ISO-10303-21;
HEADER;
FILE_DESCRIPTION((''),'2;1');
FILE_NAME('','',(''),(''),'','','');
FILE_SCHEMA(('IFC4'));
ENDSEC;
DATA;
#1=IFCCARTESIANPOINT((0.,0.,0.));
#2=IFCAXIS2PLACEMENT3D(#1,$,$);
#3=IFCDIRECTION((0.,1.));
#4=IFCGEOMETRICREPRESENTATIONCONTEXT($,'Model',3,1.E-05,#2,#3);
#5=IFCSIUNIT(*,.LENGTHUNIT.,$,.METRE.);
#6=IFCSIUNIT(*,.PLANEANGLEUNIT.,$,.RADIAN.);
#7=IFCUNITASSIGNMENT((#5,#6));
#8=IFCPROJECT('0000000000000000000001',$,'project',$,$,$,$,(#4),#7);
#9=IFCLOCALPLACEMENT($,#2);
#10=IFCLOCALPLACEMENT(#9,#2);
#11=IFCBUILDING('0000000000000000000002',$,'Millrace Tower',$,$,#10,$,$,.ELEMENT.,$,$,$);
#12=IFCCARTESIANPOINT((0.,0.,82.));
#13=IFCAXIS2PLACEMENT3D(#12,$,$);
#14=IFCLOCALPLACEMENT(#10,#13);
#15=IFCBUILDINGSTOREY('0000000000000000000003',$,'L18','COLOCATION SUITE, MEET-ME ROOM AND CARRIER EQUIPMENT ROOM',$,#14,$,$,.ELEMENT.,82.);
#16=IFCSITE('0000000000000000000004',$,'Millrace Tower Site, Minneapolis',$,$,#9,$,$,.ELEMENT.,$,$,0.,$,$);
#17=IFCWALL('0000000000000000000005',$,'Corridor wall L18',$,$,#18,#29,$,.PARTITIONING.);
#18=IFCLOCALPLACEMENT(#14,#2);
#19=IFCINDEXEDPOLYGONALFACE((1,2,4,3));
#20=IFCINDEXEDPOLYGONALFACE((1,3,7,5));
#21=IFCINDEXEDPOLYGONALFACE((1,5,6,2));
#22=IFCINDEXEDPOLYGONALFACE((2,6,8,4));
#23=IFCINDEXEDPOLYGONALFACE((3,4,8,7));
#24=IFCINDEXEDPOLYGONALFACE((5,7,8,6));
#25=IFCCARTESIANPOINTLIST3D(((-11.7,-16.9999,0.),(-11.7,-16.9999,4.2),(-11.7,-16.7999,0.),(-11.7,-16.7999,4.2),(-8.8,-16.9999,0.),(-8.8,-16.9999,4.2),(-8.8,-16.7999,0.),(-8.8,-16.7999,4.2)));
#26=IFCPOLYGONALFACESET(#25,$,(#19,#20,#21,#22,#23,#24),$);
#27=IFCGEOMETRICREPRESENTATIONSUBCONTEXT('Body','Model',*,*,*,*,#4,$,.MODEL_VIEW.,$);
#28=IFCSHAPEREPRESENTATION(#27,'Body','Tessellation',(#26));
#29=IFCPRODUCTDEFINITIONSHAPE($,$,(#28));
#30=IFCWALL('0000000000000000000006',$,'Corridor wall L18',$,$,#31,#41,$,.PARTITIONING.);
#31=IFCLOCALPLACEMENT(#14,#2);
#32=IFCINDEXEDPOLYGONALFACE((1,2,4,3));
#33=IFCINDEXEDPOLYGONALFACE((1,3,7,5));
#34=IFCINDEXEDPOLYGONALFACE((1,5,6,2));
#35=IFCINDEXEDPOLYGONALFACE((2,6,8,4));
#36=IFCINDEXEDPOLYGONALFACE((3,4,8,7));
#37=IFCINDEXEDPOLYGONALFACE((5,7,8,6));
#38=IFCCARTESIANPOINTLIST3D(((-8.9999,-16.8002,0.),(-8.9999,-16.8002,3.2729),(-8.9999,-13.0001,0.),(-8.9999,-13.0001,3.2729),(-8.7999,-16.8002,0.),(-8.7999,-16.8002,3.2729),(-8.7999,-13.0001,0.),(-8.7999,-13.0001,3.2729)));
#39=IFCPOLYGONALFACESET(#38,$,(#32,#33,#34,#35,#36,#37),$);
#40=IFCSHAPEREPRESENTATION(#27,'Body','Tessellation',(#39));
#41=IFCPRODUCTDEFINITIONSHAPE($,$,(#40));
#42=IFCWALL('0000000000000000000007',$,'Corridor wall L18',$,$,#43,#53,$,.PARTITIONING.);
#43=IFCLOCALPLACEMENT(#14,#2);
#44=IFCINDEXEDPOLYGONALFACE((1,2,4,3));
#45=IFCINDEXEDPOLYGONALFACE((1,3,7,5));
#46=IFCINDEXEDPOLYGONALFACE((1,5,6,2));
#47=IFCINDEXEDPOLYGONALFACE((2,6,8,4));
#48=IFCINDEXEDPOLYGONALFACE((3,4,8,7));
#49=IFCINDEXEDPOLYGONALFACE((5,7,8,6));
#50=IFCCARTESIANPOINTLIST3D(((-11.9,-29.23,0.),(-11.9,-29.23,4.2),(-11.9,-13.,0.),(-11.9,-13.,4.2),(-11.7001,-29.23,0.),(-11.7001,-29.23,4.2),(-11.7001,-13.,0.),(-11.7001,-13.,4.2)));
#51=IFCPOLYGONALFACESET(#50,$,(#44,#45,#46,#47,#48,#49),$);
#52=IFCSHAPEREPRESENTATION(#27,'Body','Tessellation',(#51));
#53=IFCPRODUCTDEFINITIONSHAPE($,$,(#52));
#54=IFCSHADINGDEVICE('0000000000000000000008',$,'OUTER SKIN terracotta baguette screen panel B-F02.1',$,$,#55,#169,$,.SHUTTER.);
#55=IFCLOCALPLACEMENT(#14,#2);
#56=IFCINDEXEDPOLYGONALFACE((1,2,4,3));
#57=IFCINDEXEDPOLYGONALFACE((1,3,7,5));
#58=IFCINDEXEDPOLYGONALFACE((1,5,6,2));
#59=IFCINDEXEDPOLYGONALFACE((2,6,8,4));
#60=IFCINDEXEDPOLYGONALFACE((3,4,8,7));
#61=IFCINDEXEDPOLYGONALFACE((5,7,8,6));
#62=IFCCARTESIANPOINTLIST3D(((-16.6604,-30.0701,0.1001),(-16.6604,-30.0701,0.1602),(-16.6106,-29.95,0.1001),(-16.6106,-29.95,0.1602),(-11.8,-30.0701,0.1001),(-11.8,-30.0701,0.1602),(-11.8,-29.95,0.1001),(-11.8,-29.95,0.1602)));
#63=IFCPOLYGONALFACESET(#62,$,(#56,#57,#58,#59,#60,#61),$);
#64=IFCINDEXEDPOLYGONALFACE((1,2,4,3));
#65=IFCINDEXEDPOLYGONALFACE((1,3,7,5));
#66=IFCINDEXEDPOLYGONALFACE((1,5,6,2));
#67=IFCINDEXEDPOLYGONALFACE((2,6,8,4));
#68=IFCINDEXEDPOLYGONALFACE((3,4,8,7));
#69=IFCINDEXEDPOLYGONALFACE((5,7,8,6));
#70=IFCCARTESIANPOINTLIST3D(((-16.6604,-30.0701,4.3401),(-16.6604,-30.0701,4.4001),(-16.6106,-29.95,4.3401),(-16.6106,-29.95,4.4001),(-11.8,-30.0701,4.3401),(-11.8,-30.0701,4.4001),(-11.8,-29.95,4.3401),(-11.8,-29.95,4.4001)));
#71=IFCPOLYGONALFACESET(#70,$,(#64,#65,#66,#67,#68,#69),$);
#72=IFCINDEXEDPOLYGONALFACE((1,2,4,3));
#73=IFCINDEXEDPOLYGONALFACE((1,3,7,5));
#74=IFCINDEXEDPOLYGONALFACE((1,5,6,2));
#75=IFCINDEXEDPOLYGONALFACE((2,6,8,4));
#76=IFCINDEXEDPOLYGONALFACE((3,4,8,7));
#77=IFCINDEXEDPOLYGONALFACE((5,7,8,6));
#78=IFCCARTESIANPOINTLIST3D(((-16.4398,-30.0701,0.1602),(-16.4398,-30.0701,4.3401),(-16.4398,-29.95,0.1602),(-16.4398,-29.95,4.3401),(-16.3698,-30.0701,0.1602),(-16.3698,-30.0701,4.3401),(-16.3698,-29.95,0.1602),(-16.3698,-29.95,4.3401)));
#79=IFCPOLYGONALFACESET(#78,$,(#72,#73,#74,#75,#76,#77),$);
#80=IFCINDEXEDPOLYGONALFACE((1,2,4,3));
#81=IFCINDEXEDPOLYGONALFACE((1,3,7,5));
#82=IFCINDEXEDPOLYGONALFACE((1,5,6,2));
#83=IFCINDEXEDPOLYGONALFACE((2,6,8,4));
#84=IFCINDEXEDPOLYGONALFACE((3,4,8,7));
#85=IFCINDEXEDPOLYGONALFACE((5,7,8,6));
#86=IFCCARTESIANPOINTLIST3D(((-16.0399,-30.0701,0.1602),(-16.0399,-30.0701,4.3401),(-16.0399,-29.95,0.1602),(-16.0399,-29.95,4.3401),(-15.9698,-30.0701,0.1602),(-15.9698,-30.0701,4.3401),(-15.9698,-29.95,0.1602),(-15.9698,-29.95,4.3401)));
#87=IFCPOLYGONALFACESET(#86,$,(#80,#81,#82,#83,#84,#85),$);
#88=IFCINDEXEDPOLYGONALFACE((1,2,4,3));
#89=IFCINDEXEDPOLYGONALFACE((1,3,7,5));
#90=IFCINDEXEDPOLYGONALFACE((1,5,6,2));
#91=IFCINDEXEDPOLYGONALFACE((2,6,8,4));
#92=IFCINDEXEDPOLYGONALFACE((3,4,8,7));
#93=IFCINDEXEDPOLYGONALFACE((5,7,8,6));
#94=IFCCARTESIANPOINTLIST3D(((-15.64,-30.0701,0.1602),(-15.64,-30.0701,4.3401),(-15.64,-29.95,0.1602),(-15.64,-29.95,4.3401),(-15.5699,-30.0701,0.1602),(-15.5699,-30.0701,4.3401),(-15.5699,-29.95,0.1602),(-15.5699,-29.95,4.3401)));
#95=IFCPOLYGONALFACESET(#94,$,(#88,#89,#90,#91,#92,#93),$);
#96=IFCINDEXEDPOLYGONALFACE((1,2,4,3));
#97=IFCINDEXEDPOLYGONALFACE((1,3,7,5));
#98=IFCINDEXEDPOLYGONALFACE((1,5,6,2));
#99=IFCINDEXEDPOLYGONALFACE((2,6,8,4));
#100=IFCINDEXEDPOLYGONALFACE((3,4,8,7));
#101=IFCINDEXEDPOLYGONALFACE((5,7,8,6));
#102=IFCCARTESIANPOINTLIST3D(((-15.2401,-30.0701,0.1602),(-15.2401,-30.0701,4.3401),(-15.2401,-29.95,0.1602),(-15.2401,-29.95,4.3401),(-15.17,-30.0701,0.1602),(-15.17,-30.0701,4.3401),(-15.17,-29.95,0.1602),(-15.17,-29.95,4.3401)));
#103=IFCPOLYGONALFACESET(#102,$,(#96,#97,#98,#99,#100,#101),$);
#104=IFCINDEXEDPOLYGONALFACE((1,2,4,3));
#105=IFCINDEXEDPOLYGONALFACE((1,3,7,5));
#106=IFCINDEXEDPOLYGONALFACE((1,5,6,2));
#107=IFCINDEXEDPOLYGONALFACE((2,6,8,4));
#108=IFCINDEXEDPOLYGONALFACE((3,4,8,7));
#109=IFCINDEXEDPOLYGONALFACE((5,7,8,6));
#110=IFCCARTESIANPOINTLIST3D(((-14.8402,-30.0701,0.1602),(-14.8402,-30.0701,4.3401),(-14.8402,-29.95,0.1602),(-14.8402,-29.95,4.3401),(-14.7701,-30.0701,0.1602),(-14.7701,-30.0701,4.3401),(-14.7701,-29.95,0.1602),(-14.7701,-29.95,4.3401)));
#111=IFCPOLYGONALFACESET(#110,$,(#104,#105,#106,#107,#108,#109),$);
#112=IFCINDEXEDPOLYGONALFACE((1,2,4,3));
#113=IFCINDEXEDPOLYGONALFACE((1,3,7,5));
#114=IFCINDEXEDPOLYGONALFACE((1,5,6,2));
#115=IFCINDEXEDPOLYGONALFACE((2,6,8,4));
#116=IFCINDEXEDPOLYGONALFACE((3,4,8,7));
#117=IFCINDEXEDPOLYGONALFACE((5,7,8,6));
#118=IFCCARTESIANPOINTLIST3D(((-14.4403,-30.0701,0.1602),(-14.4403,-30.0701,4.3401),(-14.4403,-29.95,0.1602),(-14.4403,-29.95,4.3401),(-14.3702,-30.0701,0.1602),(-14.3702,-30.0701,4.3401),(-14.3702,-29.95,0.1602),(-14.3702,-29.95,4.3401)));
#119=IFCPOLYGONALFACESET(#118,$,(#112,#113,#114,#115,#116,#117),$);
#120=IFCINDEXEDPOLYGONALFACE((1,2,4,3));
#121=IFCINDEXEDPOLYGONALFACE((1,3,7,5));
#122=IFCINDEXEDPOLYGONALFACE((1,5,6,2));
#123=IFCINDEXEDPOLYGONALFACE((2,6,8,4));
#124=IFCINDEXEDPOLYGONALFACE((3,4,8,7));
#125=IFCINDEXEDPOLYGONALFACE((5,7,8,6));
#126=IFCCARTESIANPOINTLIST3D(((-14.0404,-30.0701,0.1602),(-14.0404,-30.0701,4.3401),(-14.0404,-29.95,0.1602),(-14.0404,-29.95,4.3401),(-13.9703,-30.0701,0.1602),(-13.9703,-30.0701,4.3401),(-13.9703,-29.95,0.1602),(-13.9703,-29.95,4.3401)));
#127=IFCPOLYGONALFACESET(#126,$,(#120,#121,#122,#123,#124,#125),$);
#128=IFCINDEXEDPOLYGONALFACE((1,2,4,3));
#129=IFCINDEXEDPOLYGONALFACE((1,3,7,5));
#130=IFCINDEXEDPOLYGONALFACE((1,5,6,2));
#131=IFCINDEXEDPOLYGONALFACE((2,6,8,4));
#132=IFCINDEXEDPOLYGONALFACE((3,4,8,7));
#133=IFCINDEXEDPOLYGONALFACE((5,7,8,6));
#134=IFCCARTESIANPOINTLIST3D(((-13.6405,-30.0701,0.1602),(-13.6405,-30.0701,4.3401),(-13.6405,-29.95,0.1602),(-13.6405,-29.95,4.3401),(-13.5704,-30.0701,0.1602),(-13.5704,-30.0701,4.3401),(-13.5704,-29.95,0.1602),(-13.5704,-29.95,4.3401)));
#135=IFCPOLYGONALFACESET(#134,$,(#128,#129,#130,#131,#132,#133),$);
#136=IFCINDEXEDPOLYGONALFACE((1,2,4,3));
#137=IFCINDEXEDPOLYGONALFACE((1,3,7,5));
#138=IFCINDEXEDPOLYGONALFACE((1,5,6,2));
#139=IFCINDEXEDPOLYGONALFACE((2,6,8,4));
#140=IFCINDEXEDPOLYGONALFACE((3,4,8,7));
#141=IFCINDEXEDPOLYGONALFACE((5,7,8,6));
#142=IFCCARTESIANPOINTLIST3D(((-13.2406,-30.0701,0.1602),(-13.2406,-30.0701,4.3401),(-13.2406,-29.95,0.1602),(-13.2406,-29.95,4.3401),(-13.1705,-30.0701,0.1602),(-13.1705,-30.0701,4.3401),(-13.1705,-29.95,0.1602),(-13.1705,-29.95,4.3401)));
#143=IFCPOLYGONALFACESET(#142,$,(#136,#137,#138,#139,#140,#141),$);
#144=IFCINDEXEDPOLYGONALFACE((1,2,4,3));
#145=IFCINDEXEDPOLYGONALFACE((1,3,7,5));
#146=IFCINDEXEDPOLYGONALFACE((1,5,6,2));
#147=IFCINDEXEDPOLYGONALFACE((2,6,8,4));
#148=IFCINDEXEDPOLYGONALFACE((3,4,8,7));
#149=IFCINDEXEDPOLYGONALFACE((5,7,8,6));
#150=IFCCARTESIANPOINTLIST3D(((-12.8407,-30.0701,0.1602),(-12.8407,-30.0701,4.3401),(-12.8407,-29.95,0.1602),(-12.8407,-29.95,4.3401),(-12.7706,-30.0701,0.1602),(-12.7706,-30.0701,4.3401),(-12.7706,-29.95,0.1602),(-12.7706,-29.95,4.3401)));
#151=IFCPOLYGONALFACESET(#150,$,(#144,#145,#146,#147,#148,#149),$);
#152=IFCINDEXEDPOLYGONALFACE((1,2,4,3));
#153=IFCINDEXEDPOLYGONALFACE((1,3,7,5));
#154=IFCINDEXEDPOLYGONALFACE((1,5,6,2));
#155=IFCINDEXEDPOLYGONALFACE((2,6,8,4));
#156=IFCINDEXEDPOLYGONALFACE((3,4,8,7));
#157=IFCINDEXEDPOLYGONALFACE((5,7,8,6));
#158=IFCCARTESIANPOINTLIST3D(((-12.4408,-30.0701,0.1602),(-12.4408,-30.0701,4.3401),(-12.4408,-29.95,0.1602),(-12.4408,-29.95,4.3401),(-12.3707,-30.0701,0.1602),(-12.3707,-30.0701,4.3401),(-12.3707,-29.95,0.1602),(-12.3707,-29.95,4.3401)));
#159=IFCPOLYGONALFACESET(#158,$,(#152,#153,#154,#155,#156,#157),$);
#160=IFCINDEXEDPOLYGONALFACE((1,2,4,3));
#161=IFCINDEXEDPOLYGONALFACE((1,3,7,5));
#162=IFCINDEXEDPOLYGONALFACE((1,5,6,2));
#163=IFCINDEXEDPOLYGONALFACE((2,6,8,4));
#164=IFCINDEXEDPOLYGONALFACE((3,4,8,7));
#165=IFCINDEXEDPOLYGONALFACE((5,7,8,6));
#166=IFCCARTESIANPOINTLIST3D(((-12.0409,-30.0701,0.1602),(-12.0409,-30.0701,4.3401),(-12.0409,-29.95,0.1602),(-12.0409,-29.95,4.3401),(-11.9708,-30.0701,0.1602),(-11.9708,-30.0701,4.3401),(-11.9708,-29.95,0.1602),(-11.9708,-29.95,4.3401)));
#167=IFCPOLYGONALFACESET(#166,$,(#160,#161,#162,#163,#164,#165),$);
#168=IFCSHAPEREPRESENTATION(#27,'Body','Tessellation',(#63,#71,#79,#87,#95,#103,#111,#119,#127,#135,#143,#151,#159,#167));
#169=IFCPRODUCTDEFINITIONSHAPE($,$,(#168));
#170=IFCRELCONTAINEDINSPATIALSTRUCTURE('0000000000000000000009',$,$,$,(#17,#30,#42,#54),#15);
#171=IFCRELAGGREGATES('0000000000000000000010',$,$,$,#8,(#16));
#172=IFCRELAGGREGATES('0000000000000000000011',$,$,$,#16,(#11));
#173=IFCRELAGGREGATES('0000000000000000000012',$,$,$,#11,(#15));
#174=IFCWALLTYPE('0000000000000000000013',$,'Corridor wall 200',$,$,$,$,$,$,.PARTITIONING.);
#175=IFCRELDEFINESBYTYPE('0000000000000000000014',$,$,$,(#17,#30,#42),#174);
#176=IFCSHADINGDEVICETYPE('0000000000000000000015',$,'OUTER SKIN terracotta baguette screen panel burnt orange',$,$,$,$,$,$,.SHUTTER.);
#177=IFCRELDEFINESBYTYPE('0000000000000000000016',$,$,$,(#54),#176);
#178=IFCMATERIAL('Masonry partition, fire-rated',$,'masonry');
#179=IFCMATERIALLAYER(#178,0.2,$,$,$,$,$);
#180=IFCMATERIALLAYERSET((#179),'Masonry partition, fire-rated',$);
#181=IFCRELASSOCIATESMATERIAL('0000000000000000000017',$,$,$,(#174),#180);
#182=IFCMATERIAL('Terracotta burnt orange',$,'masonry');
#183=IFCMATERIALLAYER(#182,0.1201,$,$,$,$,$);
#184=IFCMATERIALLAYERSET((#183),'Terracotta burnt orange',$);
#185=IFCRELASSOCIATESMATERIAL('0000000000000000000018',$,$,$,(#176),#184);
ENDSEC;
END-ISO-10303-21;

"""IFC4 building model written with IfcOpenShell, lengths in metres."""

from ifc_helpers import new_model, entity, si_unit, direction, frame, frame_2d, origin, place, context, subcontext, project, spatial, rectangle, extrude, source, transform, mapped, material, layer, layer_set, type_object, element, save


model = new_model("IFC4")

# Units and contexts
model_context = context("Model", 3, precision=1e-05, world=origin(), true_north=direction((0.0, 1.0)))
body_context = subcontext(model_context, "Body", "Model", "MODEL_VIEW")
ifc_project = project(units=[si_unit("LENGTHUNIT", "METRE"), si_unit("PLANEANGLEUNIT", "RADIAN")], contexts=[model_context])

# Site, building, storey
site_placement = place(None, origin())
site = spatial("IfcSite", under=ifc_project, at=site_placement, Name="Millrace Tower Site, Minneapolis", CompositionType="ELEMENT", RefElevation=0.0)
building_placement = place(site_placement, origin())
building = spatial("IfcBuilding", under=site, at=building_placement, Name="Millrace Tower", CompositionType="ELEMENT")
storey_placement = place(building_placement, frame((0.0, 0.0, 82.0)))
storey = spatial("IfcBuildingStorey", under=building, at=storey_placement, Name="L18", Description="COLOCATION SUITE, MEET-ME ROOM AND CARRIER EQUIPMENT ROOM", CompositionType="ELEMENT", Elevation=82.0)

# Walls
ifc_material_1 = material(Name="Masonry partition, fire-rated", Category="masonry")
ifc_layer_1 = layer(ifc_material_1, 0.2)
ifc_layer_set_1 = layer_set([ifc_layer_1], Name="Masonry partition, fire-rated")
wall_type = type_object("IfcWallType", Name="Corridor wall 200", PredefinedType="PARTITIONING", material=ifc_layer_set_1)
wall_1_placement = place(storey_placement, frame((-11.7, -16.8999, 0.0), z_axis=(0.0, 0.0, 1.0), x_axis=(1.0, 0.0, 0.0)))
element("IfcWall", 1, at=wall_1_placement, inside=storey, type_object=wall_type, Name="Corridor wall L18", PredefinedType="PARTITIONING", context=body_context, shape_type="SweptSolid", body=[
    extrude(rectangle(XDim=2.8999, YDim=0.2, at=frame_2d((1.45, 0.0))), origin(), (0.0, 0.0, 1.0), 4.2),
])
wall_2_placement = place(storey_placement, frame((-8.8999, -16.8, 0.0), z_axis=(0.0, 0.0, 1.0), x_axis=(0.0, 1.0, 0.0)))
element("IfcWall", 2, at=wall_2_placement, inside=storey, type_object=wall_type, Name="Corridor wall L18", PredefinedType="PARTITIONING", context=body_context, shape_type="SweptSolid", body=[
    extrude(rectangle(XDim=3.8, YDim=0.2, at=frame_2d((1.8999, 0.0))), origin(), (0.0, 0.0, 1.0), 3.2729),
])
wall_3_placement = place(storey_placement, frame((-11.8, -29.23, 0.0), z_axis=(0.0, 0.0, 1.0), x_axis=(0.0, 1.0, 0.0)))
element("IfcWall", 3, at=wall_3_placement, inside=storey, type_object=wall_type, Name="Corridor wall L18", PredefinedType="PARTITIONING", context=body_context, shape_type="SweptSolid", body=[
    extrude(rectangle(XDim=16.23, YDim=0.2, at=frame_2d((8.115, 0.0))), origin(), (0.0, 0.0, 1.0), 4.2),
])

# Shading device
ifc_material_2 = material(Name="Terracotta burnt orange", Category="masonry")
ifc_layer_2 = layer(ifc_material_2, 0.1201)
ifc_layer_set_2 = layer_set([ifc_layer_2], Name="Terracotta burnt orange")
shading_device_type = type_object("IfcShadingDeviceType", Name="OUTER SKIN terracotta baguette screen panel burnt orange", PredefinedType="SHUTTER", material=ifc_layer_set_2)
cartesian_point_1 = entity("IfcCartesianPoint", [-2.3928, 0.0601])
shared_polyline_1 = entity("IfcPolyline", [cartesian_point_1, entity("IfcCartesianPoint", [2.4177, 0.0601]), entity("IfcCartesianPoint", [2.4177, -0.0601]), entity("IfcCartesianPoint", [-2.4426, -0.0601]), cartesian_point_1])
shared_shape_1 = source(origin(), body_context, "Body", "SweptSolid", [
    entity("IfcExtrudedAreaSolid", entity("IfcArbitraryClosedProfileDef", "AREA", None, shared_polyline_1), entity("IfcAxis2Placement3D", entity("IfcCartesianPoint", [0.0, 0.0, 0.0])), entity("IfcDirection", [0.0, 0.0, 1.0]), 0.0601),
    entity("IfcExtrudedAreaSolid", entity("IfcArbitraryClosedProfileDef", "AREA", None, shared_polyline_1), entity("IfcAxis2Placement3D", entity("IfcCartesianPoint", [0.0, 0.0, 4.24])), entity("IfcDirection", [0.0, 0.0, 1.0]), 0.0601),
    extrude(rectangle(XDim=0.0701, YDim=0.1201, at=frame_2d((-2.187, 0.0))), frame((0.0, 0.0, 0.0601)), (0.0, 0.0, 1.0), 4.1799),
    extrude(rectangle(XDim=0.0701, YDim=0.1201, at=frame_2d((-1.7871, 0.0))), frame((0.0, 0.0, 0.0601)), (0.0, 0.0, 1.0), 4.1799),
    extrude(rectangle(XDim=0.0701, YDim=0.1201, at=frame_2d((-1.3872, 0.0))), frame((0.0, 0.0, 0.0601)), (0.0, 0.0, 1.0), 4.1799),
    extrude(rectangle(XDim=0.0701, YDim=0.1201, at=frame_2d((-0.9873, 0.0))), frame((0.0, 0.0, 0.0601)), (0.0, 0.0, 1.0), 4.1799),
    extrude(rectangle(XDim=0.0701, YDim=0.1201, at=frame_2d((-0.5874, 0.0))), frame((0.0, 0.0, 0.0601)), (0.0, 0.0, 1.0), 4.1799),
    extrude(rectangle(XDim=0.0701, YDim=0.1201, at=frame_2d((-0.1875, 0.0))), frame((0.0, 0.0, 0.0601)), (0.0, 0.0, 1.0), 4.1799),
    extrude(rectangle(XDim=0.0701, YDim=0.1201, at=frame_2d((0.2124, 0.0))), frame((0.0, 0.0, 0.0601)), (0.0, 0.0, 1.0), 4.1799),
    extrude(rectangle(XDim=0.0701, YDim=0.1201, at=frame_2d((0.6123, 0.0))), frame((0.0, 0.0, 0.0601)), (0.0, 0.0, 1.0), 4.1799),
    extrude(rectangle(XDim=0.0701, YDim=0.1201, at=frame_2d((1.0122, 0.0))), frame((0.0, 0.0, 0.0601)), (0.0, 0.0, 1.0), 4.1799),
    extrude(rectangle(XDim=0.0701, YDim=0.1201, at=frame_2d((1.4121, 0.0))), frame((0.0, 0.0, 0.0601)), (0.0, 0.0, 1.0), 4.1799),
    extrude(rectangle(XDim=0.0701, YDim=0.1201, at=frame_2d((1.812, 0.0))), frame((0.0, 0.0, 0.0601)), (0.0, 0.0, 1.0), 4.1799),
    extrude(rectangle(XDim=0.0701, YDim=0.1201, at=frame_2d((2.2119, 0.0))), frame((0.0, 0.0, 0.0601)), (0.0, 0.0, 1.0), 4.1799),
])
shading_device_placement = place(storey_placement, frame((-14.2178, -30.01, 0.1001), z_axis=(0.0, 0.0, 1.0), x_axis=(1.0, 0.0, 0.0)))
element("IfcShadingDevice", 4, at=shading_device_placement, inside=storey, type_object=shading_device_type, Name="OUTER SKIN terracotta baguette screen panel B-F02.1", PredefinedType="SHUTTER", context=body_context, shape_type="MappedRepresentation", body=[
    mapped(shared_shape_1, transform((0.0, 0.0, 0.0), scale=1.0)),
])

save(model, "model.ifc")
